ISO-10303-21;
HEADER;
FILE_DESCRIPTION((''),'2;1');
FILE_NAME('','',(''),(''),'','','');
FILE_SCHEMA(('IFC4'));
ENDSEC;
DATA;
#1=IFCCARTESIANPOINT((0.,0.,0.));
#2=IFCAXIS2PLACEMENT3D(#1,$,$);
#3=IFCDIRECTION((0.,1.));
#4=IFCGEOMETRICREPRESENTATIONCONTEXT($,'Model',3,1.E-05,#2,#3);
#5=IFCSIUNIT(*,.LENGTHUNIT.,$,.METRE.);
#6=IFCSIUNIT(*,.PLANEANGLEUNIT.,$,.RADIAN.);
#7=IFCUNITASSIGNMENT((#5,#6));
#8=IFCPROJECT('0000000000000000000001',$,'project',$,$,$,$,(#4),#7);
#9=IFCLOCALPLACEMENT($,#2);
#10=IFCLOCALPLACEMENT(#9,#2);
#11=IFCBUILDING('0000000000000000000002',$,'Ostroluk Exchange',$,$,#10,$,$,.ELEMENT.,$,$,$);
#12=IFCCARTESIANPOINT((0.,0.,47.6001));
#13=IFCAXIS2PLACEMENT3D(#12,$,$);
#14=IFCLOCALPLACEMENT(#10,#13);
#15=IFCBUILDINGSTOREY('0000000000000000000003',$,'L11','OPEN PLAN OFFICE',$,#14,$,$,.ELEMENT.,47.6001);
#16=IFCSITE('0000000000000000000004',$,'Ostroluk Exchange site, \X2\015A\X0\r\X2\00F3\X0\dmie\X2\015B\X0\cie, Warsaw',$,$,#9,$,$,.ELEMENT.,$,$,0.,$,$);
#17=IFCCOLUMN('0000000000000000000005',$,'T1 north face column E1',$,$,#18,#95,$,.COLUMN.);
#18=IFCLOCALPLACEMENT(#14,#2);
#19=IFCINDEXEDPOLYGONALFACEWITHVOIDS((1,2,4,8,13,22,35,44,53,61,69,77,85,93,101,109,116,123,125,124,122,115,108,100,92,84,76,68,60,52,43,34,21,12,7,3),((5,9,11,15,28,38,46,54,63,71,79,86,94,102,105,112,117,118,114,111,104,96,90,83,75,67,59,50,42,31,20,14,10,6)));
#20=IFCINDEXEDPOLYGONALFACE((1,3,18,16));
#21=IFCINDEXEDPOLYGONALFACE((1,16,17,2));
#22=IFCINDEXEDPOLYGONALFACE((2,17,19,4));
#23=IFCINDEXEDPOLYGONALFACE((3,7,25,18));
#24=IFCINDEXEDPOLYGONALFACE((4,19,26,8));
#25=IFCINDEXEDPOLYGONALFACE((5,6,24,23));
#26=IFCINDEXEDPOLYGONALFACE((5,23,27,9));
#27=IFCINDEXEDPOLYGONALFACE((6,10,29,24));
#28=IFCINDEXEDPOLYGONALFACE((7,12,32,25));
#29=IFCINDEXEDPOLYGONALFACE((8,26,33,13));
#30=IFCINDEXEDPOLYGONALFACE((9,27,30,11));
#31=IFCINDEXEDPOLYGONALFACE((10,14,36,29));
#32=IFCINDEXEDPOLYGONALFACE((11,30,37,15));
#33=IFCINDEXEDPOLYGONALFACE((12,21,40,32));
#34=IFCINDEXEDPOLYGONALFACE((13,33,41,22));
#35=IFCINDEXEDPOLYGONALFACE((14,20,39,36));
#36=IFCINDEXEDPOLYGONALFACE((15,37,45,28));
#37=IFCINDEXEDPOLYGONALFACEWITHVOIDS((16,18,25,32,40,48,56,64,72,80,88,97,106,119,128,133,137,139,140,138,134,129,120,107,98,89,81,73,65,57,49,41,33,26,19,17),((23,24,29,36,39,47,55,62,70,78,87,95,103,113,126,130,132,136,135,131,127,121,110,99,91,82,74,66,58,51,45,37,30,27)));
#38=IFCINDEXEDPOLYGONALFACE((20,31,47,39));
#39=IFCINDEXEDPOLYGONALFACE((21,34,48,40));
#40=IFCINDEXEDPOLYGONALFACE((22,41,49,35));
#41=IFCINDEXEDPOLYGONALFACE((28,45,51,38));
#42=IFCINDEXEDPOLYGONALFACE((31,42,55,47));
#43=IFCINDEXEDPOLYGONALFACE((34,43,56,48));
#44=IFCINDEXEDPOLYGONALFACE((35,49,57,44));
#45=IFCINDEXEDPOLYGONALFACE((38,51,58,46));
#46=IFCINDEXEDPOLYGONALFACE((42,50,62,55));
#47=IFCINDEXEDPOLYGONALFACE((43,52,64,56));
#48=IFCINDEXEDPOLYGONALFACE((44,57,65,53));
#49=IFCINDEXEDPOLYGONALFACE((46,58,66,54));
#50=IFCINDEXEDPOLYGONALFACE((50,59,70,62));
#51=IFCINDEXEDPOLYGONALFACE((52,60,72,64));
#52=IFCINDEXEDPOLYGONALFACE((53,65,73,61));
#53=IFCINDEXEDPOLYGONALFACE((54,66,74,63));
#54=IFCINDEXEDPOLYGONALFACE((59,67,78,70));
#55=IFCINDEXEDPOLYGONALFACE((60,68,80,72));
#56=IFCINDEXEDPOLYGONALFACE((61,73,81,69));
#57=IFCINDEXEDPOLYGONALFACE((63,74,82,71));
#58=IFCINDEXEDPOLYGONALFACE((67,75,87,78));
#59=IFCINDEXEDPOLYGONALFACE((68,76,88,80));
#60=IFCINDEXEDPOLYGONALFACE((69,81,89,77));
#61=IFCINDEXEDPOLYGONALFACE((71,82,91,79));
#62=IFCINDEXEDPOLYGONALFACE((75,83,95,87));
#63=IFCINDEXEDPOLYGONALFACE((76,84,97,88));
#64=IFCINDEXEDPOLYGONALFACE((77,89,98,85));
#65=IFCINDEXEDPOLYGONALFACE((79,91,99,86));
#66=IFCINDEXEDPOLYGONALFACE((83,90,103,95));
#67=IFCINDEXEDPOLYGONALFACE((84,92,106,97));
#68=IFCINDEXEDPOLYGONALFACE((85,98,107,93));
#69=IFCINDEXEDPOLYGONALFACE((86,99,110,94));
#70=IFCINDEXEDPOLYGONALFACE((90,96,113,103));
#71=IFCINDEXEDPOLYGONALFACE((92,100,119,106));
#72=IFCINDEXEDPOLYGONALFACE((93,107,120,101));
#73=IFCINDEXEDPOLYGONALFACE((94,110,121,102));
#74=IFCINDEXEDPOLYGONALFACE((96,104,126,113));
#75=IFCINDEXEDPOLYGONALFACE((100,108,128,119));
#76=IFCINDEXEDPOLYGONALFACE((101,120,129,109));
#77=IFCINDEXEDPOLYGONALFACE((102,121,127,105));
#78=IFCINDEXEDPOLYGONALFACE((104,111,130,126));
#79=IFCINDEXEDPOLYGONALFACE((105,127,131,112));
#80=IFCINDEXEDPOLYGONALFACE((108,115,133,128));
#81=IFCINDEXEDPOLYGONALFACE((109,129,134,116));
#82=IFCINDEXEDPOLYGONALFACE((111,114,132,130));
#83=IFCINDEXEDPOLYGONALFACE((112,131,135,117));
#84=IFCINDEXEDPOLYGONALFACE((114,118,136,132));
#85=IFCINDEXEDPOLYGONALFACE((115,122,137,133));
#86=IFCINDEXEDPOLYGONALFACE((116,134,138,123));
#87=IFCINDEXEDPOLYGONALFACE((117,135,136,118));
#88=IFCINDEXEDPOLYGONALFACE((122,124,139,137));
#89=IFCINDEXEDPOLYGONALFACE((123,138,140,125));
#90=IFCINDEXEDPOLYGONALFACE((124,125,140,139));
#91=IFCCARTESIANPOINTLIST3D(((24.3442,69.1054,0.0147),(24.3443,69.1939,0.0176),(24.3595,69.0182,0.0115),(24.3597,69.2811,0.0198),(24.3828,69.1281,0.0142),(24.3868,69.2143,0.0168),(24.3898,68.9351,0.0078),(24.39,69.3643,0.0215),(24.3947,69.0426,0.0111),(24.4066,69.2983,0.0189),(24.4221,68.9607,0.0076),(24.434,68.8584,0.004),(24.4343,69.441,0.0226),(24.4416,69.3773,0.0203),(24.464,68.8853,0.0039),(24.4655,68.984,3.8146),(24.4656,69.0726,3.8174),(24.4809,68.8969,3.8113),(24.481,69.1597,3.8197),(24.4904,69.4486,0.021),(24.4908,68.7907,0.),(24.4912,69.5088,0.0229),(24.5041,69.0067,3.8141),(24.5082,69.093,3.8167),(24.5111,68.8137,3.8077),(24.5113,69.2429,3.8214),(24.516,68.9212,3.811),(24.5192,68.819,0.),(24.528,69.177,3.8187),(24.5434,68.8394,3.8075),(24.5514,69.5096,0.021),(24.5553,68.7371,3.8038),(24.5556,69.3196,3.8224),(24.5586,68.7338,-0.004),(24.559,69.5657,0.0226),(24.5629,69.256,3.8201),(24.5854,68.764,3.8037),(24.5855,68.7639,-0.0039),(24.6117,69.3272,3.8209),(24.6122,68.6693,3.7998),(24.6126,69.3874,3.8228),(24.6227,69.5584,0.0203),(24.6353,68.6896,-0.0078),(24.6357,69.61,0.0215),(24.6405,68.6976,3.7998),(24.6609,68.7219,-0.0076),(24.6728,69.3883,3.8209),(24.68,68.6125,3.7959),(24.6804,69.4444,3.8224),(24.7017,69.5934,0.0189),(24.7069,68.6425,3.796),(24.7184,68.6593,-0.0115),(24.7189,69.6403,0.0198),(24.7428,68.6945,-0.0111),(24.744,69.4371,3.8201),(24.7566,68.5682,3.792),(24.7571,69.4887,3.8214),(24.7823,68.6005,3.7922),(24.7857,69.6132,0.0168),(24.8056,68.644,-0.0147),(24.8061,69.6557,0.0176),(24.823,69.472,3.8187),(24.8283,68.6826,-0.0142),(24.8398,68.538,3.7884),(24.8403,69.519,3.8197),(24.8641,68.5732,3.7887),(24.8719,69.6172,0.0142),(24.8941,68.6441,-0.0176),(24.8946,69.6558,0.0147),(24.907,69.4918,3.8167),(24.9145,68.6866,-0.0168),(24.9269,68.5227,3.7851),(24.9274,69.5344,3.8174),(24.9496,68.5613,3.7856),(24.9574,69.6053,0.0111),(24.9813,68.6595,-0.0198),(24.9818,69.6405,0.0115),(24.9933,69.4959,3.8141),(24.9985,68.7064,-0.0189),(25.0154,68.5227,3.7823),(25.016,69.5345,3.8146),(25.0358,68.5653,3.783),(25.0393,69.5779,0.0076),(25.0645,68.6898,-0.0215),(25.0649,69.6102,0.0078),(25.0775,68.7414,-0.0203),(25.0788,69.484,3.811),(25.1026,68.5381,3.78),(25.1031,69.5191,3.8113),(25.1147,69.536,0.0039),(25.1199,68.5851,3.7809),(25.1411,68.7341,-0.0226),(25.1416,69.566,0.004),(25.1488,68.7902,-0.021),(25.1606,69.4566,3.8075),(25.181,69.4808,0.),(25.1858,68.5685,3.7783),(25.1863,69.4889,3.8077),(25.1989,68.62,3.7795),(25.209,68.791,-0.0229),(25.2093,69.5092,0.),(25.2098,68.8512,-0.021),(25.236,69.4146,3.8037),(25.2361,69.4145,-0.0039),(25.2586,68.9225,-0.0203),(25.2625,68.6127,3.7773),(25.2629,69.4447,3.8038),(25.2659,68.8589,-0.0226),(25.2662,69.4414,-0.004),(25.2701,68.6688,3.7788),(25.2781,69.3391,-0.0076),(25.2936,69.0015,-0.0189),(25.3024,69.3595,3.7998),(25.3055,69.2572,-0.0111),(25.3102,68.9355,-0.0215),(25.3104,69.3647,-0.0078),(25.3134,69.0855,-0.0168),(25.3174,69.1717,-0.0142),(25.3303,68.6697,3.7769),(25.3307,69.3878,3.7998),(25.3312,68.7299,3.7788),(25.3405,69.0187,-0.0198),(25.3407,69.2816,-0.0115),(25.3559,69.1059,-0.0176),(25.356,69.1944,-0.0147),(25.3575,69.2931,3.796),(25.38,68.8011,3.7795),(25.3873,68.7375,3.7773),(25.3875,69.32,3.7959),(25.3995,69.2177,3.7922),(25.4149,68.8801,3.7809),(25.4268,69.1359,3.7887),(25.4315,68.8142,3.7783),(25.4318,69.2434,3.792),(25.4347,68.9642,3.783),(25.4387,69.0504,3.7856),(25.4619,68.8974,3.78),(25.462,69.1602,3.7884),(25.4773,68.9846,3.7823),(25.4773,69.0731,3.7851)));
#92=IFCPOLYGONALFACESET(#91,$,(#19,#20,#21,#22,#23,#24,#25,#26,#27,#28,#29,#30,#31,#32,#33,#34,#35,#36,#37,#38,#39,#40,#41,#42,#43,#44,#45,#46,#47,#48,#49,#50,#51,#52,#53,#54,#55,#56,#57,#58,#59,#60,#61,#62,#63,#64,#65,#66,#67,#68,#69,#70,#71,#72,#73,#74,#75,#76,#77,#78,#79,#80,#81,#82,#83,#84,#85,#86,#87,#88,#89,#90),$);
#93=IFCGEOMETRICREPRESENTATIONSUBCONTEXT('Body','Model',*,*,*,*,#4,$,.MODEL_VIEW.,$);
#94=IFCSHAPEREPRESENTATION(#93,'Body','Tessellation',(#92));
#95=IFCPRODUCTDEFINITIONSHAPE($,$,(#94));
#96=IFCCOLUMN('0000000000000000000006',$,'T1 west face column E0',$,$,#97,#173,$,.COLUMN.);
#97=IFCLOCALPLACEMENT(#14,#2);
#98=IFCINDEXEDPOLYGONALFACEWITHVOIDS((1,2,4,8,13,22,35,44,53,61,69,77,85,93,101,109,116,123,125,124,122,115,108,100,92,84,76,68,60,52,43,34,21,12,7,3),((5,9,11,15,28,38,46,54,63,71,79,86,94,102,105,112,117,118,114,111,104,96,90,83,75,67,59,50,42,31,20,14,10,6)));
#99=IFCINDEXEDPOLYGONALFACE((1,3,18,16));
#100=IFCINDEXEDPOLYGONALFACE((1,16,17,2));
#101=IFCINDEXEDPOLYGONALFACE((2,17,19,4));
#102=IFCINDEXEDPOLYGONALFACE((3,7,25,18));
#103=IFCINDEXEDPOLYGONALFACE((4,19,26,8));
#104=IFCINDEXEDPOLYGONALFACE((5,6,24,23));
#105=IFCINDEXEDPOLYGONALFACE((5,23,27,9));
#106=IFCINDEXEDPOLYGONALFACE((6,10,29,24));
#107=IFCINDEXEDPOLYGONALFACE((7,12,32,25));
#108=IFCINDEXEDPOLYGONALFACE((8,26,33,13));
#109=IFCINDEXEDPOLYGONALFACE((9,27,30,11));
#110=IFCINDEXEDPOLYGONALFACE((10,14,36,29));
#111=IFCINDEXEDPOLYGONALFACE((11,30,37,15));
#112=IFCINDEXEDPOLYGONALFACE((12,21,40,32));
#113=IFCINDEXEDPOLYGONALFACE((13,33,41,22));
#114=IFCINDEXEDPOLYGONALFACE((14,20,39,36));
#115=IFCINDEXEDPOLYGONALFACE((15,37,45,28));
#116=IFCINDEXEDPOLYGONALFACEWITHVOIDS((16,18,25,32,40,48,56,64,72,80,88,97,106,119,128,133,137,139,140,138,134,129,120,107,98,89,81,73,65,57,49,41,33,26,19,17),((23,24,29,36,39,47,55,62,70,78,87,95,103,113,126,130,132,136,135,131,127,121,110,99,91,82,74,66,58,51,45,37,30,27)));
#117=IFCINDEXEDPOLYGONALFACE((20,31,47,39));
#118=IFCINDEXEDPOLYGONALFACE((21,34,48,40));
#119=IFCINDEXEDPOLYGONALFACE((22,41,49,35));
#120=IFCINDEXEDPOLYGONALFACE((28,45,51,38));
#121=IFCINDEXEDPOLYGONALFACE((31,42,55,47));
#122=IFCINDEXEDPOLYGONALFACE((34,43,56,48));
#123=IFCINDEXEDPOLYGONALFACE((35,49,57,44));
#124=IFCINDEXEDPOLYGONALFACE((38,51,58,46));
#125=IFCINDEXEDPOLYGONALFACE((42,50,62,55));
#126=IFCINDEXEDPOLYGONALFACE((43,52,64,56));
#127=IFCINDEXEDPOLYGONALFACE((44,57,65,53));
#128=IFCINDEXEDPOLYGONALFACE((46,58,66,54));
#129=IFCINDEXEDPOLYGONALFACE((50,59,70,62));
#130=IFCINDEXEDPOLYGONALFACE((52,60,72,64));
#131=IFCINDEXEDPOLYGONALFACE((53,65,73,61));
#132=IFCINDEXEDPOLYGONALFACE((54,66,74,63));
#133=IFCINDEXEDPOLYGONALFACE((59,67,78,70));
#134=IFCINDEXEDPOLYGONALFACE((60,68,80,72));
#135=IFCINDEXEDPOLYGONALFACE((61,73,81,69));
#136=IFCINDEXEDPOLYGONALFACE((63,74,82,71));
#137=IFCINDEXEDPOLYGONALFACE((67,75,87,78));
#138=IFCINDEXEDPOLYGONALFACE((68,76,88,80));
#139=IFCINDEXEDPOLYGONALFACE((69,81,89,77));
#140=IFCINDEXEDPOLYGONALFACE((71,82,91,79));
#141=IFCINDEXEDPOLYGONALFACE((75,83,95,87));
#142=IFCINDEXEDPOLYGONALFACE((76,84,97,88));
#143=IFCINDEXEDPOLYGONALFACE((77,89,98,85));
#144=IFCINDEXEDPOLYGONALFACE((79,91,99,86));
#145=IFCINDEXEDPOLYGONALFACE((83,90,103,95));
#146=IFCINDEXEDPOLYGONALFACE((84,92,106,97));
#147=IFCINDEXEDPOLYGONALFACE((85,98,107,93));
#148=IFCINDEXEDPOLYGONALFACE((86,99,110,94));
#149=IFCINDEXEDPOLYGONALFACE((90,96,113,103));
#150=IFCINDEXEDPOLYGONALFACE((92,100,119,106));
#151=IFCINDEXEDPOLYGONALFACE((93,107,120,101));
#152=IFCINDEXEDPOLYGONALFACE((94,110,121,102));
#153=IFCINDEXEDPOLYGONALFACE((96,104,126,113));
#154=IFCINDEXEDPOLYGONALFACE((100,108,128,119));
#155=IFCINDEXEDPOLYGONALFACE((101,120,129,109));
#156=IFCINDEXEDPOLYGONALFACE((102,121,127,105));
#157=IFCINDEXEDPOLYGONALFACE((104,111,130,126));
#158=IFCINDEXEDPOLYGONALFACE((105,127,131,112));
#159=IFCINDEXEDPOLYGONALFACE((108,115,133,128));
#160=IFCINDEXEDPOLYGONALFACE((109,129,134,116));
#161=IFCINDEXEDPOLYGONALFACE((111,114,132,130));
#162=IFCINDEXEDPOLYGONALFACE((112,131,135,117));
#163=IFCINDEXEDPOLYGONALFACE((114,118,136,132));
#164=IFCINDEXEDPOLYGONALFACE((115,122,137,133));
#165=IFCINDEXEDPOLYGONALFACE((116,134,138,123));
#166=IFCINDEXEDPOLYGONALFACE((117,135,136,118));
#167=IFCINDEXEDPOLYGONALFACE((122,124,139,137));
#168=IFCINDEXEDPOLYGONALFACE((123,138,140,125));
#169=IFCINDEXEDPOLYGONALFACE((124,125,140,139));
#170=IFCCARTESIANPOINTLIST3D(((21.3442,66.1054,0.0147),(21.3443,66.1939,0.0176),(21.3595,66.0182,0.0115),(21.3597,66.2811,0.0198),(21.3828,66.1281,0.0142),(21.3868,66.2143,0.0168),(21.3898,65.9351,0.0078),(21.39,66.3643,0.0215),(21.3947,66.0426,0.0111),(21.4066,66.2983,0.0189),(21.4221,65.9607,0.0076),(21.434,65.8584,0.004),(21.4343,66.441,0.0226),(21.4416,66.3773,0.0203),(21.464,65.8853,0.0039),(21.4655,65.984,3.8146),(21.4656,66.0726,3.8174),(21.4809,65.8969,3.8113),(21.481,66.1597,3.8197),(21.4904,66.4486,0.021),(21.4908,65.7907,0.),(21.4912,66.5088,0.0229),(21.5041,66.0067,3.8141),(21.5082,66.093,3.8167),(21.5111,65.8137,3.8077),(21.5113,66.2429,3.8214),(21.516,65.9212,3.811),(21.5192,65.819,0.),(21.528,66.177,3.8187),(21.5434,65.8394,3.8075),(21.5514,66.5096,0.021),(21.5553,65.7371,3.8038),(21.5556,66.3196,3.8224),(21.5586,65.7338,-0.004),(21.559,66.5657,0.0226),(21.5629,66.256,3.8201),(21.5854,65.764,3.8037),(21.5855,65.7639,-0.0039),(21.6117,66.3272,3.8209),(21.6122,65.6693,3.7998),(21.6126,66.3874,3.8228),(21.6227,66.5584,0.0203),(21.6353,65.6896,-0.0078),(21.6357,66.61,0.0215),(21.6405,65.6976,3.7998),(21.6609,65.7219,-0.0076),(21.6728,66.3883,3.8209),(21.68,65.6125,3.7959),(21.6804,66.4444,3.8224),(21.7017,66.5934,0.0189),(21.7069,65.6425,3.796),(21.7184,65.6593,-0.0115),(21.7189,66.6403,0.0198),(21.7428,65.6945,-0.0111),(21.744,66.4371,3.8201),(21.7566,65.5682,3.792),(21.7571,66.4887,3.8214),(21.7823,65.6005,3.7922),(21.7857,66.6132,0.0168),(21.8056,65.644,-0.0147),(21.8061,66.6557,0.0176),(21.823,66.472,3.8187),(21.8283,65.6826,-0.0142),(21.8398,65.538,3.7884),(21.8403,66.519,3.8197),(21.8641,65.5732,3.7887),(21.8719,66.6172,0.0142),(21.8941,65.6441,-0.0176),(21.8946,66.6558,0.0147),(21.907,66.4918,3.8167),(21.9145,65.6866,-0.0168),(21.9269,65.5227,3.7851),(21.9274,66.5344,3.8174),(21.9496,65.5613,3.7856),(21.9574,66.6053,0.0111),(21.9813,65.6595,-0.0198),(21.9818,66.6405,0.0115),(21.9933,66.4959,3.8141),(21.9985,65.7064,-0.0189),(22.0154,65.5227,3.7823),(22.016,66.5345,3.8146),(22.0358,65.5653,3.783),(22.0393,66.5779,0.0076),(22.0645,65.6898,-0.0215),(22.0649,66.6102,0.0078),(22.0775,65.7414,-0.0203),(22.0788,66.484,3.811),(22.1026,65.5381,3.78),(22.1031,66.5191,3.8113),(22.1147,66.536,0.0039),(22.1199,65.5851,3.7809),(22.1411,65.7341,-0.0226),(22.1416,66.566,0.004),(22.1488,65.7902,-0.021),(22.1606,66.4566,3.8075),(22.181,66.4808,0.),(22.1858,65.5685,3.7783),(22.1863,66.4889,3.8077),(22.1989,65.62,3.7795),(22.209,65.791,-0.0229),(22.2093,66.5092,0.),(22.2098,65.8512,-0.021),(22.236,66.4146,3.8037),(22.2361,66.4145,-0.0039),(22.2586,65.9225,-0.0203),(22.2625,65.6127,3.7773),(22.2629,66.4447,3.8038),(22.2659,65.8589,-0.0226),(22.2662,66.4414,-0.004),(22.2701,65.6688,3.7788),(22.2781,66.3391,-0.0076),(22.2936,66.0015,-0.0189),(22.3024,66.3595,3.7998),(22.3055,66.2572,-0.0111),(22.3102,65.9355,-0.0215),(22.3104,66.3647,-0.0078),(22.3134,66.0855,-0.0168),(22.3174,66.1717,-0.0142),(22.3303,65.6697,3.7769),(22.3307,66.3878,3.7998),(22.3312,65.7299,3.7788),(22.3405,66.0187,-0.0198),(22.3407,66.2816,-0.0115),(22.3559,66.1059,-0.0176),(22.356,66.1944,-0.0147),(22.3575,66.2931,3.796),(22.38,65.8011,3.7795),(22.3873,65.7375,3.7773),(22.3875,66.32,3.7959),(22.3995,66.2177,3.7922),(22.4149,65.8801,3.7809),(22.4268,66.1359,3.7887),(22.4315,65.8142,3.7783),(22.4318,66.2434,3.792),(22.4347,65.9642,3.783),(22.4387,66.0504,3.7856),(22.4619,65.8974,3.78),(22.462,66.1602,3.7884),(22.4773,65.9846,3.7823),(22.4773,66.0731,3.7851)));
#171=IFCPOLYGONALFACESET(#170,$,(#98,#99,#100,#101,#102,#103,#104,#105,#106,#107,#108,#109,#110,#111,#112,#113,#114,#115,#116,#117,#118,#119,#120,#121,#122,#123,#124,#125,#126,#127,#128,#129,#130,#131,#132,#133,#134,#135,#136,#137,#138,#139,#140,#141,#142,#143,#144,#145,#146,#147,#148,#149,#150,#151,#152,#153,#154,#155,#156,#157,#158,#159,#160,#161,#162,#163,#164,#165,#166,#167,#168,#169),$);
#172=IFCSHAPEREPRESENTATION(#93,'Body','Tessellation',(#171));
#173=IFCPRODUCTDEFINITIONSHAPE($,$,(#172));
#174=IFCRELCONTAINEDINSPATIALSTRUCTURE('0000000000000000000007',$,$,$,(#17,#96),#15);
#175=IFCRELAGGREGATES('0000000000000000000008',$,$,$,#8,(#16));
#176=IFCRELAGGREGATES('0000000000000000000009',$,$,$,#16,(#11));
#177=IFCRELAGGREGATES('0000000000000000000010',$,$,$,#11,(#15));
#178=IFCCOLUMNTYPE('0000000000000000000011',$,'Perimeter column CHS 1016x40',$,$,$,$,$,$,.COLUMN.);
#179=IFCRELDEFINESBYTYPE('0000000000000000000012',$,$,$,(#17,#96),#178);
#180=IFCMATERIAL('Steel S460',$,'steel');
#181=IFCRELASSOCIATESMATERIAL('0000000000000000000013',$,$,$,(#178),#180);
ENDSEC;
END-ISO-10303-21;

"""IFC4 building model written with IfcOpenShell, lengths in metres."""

from ifc_helpers import new_model, si_unit, direction, frame, origin, origin_2d, place, context, subcontext, project, spatial, hollow_circle, extrude, material, material_profile, profile_set, type_object, element, save


model = new_model("IFC4")

# Units and contexts
model_context = context("Model", 3, precision=1e-05, world=origin(), true_north=direction((0.0, 1.0)))
body_context = subcontext(model_context, "Body", "Model", "MODEL_VIEW")
ifc_project = project(units=[si_unit("LENGTHUNIT", "METRE"), si_unit("PLANEANGLEUNIT", "RADIAN")], contexts=[model_context])

# Site, building, storey
site_placement = place(None, origin())
site = spatial("IfcSite", under=ifc_project, at=site_placement, Name="Ostroluk Exchange site, Śródmieście, Warsaw", CompositionType="ELEMENT", RefElevation=0.0)
building_placement = place(site_placement, origin())
building = spatial("IfcBuilding", under=site, at=building_placement, Name="Ostroluk Exchange", CompositionType="ELEMENT")
storey_placement = place(building_placement, frame((0.0, 0.0, 47.6001)))
storey = spatial("IfcBuildingStorey", under=building, at=storey_placement, Name="L11", Description="OPEN PLAN OFFICE", CompositionType="ELEMENT", Elevation=47.6001)

# Columns
ifc_material_1 = material(Name="Steel S460", Category="steel")
ifc_material_profile_1 = material_profile(ifc_material_1, hollow_circle(Radius=0.5081, WallThickness=0.04, at=origin_2d()), Name="CHS 1016x40")
ifc_profile_set_1 = profile_set([ifc_material_profile_1], Name="Steel S460")
column_type = type_object("IfcColumnType", Name="Perimeter column CHS 1016x40", PredefinedType="COLUMN", material=ifc_profile_set_1)
for number, where, z_axis, x_axis, name in (
    (1, (24.8501, 69.1499, 0.0), (0.0319, -0.0319, 0.998982), (0.707107, 0.707107, 0.0), "T1 north face column E1"),
    (2, (21.8501, 66.1499, 0.0), (0.0319, -0.0319, 0.998982), (0.707107, 0.707107, 0.0), "T1 west face column E0"),
):
    element("IfcColumn", number, at=place(storey_placement, frame(where, z_axis=z_axis, x_axis=x_axis)), inside=storey, type_object=column_type, Name=name, PredefinedType="COLUMN", context=body_context, shape_type="SweptSolid", body=[
        extrude(hollow_circle(Radius=0.5081, WallThickness=0.04, at=origin_2d()), origin(), (0.0, 0.0, 1.0), 3.8037),
    ])

save(model, "model.ifc")
